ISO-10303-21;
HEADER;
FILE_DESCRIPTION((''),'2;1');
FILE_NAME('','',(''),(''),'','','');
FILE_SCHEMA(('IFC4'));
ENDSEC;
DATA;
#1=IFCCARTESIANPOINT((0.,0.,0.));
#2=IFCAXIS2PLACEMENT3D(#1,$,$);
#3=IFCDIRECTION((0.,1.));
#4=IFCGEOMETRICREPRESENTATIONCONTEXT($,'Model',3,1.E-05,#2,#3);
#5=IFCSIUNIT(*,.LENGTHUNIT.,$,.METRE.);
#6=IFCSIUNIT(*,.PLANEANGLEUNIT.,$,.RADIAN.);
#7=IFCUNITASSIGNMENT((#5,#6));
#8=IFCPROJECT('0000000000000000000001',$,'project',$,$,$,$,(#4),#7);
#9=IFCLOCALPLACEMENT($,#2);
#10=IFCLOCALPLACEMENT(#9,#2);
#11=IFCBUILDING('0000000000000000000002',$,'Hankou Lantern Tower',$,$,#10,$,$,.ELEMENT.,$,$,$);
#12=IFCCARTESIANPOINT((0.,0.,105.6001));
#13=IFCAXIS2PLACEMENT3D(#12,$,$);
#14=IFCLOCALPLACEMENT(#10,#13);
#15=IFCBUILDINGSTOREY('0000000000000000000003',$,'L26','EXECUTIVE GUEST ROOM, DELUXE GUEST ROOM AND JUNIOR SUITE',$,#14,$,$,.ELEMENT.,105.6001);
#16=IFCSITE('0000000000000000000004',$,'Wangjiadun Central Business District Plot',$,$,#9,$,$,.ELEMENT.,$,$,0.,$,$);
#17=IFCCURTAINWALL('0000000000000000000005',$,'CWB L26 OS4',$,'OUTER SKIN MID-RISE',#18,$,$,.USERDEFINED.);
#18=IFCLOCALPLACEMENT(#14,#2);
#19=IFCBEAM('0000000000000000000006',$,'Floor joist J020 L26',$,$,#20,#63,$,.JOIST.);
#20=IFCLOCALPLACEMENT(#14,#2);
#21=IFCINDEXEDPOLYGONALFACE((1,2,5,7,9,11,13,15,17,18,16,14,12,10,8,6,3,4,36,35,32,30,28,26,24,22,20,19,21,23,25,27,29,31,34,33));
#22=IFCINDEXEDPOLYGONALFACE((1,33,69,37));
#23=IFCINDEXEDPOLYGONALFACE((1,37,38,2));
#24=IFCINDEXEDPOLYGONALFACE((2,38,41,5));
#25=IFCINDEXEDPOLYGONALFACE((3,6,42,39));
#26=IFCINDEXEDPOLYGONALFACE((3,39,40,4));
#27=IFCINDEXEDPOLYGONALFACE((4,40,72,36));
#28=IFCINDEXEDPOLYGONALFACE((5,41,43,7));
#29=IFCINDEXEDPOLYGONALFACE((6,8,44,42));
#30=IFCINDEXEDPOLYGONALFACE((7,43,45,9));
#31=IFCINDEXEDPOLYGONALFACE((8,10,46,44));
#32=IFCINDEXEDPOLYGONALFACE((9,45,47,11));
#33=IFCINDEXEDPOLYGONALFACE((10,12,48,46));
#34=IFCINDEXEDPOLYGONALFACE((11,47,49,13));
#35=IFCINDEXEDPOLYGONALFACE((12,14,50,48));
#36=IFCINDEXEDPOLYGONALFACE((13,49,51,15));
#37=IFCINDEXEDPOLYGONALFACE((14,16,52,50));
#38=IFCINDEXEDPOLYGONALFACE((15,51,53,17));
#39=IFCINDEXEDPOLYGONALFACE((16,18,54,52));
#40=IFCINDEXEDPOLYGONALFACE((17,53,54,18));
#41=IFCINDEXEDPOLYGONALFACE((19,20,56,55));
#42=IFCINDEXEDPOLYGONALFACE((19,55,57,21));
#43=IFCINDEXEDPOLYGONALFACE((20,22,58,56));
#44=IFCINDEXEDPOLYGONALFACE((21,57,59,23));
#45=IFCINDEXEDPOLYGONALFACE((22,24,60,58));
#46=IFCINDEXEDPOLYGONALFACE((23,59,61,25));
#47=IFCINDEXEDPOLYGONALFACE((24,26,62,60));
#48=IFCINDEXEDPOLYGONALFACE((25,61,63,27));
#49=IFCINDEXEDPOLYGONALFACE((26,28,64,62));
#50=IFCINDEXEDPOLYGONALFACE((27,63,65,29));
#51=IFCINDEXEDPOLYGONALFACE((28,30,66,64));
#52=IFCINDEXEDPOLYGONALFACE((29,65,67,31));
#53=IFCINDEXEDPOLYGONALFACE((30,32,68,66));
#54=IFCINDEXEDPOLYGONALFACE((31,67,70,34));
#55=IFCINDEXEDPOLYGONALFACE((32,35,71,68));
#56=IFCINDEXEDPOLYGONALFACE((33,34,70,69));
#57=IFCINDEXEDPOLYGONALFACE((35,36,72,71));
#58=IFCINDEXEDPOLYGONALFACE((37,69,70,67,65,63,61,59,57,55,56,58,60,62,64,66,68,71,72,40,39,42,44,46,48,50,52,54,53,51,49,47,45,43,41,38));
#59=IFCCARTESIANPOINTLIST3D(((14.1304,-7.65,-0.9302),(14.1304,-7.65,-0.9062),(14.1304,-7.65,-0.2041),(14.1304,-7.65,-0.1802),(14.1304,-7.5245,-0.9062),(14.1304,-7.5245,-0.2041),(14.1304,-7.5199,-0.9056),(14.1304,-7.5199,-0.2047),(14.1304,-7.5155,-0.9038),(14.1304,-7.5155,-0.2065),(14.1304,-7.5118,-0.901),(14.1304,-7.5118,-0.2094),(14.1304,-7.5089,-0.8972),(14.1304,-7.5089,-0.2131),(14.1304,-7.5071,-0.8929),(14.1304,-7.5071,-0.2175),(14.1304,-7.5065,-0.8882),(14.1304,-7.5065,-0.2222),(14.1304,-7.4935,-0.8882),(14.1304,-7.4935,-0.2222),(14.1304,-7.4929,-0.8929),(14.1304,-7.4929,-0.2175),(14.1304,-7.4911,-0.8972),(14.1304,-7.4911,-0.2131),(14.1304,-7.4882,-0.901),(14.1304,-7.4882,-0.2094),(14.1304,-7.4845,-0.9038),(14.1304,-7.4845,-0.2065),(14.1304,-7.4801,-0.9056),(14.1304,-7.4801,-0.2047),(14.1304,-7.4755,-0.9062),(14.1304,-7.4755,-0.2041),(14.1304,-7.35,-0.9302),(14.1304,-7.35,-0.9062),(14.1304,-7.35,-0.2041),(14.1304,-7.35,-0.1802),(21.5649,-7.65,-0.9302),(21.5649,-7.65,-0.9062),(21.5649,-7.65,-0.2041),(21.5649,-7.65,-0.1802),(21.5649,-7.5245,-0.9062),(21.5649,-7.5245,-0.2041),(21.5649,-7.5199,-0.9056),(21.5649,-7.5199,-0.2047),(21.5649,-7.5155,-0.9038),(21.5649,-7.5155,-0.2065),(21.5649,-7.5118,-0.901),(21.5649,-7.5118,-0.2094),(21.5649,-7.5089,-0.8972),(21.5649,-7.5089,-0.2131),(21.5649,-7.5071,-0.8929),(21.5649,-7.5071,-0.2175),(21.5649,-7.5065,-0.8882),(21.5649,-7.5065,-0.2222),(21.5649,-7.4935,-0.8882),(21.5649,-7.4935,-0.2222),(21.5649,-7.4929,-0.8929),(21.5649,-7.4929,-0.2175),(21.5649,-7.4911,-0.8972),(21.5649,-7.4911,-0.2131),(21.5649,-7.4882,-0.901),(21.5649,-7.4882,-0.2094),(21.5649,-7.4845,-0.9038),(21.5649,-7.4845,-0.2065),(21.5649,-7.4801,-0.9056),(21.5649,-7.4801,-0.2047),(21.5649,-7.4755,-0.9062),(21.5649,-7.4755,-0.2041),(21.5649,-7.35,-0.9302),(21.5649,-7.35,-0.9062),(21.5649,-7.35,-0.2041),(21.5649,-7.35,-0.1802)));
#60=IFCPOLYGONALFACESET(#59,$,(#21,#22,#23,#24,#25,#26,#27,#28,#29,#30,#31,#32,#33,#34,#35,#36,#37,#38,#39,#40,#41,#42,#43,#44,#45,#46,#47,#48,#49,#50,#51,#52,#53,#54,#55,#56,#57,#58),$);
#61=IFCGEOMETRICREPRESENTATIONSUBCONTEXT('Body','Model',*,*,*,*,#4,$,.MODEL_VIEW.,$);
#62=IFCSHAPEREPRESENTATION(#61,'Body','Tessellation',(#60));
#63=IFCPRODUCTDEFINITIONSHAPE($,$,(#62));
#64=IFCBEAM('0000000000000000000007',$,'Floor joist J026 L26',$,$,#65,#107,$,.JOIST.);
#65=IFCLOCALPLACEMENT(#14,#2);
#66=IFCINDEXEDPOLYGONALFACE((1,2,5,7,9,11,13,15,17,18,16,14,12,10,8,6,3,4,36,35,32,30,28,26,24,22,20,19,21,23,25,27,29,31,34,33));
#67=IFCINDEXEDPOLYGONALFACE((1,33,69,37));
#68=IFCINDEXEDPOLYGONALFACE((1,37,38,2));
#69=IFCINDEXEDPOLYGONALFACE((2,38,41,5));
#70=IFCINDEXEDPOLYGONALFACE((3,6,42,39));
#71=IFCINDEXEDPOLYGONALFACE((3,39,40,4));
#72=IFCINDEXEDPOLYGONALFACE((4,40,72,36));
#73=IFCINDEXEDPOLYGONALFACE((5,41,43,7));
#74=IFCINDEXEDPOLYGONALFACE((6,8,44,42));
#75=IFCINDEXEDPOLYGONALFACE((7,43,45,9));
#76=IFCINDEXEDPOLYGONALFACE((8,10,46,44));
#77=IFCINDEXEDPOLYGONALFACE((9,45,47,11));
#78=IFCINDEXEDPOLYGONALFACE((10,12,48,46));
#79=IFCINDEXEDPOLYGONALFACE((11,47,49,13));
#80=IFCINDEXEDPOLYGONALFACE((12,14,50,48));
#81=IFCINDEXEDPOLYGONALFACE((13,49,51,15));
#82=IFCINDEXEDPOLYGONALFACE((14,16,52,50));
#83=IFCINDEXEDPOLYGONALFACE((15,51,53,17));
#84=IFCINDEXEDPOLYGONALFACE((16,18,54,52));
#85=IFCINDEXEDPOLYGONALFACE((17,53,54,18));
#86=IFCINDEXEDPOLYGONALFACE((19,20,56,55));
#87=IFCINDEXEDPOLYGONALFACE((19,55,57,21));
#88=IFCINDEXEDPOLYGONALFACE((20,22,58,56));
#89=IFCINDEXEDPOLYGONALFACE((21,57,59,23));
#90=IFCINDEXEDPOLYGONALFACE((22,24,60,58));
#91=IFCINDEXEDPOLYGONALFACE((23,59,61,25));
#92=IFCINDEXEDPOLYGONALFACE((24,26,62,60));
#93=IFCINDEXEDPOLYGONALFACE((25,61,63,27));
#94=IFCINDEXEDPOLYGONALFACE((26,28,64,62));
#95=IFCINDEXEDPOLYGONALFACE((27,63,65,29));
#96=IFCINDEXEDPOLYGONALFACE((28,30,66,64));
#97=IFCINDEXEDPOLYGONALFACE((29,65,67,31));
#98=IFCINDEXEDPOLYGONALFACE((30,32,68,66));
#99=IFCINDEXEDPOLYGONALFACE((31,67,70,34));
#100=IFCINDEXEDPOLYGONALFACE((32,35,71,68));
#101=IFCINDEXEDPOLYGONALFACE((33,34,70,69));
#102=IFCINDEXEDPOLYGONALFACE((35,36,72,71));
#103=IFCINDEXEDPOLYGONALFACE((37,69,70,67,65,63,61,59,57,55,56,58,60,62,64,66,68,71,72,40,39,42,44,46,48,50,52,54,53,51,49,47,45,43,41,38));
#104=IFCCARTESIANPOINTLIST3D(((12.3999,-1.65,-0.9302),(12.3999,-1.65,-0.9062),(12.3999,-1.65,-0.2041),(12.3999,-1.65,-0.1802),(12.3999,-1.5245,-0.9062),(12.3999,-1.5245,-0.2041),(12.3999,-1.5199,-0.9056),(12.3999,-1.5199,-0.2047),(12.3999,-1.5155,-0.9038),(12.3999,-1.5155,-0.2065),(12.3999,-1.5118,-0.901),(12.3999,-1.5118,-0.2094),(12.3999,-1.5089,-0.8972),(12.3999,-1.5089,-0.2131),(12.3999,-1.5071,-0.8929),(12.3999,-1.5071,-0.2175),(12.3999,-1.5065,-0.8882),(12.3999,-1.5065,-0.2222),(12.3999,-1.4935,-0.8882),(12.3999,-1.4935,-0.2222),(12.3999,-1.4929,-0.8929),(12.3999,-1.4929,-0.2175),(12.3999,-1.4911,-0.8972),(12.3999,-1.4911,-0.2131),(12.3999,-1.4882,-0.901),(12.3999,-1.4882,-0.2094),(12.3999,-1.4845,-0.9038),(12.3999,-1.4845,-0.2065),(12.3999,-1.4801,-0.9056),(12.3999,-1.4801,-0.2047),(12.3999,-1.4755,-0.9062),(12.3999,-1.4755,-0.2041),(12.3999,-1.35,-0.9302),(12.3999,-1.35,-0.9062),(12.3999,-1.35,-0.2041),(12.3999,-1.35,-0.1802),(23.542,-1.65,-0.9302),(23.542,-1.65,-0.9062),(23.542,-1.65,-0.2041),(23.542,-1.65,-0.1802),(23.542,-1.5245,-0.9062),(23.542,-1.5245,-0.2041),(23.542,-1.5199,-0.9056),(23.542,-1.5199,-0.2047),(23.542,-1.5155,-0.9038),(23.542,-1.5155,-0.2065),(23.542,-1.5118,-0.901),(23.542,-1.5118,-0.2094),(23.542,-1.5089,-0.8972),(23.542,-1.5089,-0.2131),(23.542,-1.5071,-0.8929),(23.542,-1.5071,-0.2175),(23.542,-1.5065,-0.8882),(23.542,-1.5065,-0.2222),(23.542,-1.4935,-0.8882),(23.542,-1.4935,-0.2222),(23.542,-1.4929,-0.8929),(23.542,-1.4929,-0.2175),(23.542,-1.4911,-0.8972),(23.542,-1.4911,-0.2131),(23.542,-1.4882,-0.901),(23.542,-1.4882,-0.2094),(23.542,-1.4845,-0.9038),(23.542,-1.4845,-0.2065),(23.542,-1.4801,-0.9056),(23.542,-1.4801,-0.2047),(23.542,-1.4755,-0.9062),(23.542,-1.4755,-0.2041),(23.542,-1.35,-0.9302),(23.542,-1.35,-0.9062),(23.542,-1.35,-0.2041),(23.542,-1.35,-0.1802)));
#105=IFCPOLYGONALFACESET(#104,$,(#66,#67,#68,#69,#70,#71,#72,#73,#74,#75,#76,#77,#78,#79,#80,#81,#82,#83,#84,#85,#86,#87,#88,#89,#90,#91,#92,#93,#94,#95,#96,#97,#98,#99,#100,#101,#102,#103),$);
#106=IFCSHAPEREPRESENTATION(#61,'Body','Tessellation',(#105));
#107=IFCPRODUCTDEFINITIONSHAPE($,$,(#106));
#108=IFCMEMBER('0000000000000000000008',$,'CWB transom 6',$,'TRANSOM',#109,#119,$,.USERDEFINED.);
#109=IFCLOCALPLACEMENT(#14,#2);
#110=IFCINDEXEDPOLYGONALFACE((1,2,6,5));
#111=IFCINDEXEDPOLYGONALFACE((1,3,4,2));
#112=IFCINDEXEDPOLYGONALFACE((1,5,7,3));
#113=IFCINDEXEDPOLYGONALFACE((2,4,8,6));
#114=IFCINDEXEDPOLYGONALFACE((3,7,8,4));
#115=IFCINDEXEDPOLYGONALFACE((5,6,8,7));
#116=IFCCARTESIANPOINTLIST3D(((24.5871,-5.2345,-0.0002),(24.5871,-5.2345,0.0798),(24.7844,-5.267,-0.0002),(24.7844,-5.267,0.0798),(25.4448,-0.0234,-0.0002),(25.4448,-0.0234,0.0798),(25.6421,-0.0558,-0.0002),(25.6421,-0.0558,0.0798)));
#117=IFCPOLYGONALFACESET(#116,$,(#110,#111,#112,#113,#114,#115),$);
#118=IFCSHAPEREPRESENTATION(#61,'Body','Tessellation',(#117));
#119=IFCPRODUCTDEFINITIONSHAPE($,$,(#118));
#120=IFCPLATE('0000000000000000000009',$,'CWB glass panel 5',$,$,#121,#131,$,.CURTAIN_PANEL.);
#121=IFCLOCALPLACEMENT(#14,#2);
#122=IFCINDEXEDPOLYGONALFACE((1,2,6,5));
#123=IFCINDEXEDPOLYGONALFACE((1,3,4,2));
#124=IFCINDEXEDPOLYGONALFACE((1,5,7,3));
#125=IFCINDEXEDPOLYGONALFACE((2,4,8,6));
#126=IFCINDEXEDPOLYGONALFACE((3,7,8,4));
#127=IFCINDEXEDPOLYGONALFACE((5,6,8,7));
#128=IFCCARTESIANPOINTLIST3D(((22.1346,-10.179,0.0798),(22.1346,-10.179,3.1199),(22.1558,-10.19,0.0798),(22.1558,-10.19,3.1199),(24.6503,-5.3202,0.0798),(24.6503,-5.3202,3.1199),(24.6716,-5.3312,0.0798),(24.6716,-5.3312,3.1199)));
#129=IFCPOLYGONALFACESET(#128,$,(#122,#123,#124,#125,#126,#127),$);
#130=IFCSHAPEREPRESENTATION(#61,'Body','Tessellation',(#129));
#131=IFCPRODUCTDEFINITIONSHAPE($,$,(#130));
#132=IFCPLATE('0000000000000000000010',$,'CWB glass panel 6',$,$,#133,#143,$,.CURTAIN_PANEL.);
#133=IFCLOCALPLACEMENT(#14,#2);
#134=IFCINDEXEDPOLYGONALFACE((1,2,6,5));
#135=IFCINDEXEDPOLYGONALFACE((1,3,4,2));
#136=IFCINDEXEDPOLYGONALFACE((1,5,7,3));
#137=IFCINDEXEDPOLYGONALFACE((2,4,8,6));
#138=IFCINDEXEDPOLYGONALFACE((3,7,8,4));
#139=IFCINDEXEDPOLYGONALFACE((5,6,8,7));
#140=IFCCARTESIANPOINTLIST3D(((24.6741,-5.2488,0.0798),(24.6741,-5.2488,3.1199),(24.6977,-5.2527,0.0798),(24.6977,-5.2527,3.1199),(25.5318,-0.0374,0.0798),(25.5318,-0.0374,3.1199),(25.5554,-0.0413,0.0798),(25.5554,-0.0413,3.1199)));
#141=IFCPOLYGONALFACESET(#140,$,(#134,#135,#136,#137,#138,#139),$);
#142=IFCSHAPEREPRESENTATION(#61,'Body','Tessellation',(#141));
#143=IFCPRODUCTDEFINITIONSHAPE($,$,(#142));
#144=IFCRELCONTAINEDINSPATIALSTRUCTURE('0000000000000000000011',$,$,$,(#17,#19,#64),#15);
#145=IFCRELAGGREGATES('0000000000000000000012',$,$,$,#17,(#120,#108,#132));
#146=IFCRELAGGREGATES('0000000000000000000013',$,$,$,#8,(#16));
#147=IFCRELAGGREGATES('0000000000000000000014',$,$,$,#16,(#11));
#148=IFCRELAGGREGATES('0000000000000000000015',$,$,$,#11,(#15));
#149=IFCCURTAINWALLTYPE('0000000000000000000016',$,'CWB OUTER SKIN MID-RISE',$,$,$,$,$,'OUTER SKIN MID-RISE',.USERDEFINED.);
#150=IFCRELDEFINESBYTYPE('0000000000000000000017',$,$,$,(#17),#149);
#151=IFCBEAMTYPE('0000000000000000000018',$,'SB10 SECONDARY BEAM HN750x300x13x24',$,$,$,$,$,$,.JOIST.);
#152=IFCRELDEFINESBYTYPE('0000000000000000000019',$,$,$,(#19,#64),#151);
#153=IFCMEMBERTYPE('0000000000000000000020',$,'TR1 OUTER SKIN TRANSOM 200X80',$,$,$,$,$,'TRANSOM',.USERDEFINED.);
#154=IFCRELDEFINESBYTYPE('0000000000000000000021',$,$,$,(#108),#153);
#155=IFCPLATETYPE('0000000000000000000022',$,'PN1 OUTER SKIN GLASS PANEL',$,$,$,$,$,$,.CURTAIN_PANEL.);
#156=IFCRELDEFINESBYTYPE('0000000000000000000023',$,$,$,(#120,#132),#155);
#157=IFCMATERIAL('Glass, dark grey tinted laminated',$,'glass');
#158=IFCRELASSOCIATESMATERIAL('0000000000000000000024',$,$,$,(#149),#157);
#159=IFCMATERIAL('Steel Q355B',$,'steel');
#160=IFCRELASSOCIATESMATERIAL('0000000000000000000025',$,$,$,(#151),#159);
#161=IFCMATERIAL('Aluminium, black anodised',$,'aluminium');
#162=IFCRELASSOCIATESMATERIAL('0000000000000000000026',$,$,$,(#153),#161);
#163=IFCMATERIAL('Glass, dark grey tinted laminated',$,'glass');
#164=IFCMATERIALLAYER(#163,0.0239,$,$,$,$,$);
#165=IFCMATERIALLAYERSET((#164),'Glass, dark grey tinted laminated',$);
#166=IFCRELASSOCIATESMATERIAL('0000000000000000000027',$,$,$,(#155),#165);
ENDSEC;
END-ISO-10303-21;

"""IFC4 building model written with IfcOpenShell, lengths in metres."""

from ifc_helpers import new_model, si_unit, direction, frame, origin, origin_2d, place, context, subcontext, project, spatial, rectangle, i_section, extrude, material, layer, layer_set, material_profile, profile_set, type_object, element, aggregate, save


model = new_model("IFC4")

# Units and contexts
model_context = context("Model", 3, precision=1e-05, world=origin(), true_north=direction((0.0, 1.0)))
body_context = subcontext(model_context, "Body", "Model", "MODEL_VIEW")
ifc_project = project(units=[si_unit("LENGTHUNIT", "METRE"), si_unit("PLANEANGLEUNIT", "RADIAN")], contexts=[model_context])

# Site, building, storey
site_placement = place(None, origin())
site = spatial("IfcSite", under=ifc_project, at=site_placement, Name="Wangjiadun Central Business District Plot", CompositionType="ELEMENT", RefElevation=0.0)
building_placement = place(site_placement, origin())
building = spatial("IfcBuilding", under=site, at=building_placement, Name="Hankou Lantern Tower", CompositionType="ELEMENT")
storey_placement = place(building_placement, frame((0.0, 0.0, 105.6001)))
storey = spatial("IfcBuildingStorey", under=building, at=storey_placement, Name="L26", Description="EXECUTIVE GUEST ROOM, DELUXE GUEST ROOM AND JUNIOR SUITE", CompositionType="ELEMENT", Elevation=105.6001)

# Curtain wall
ifc_material_1 = material(Name="Glass, dark grey tinted laminated", Category="glass")
curtain_wall_type = type_object("IfcCurtainWallType", Name="CWB OUTER SKIN MID-RISE", ElementType="OUTER SKIN MID-RISE", PredefinedType="USERDEFINED", material=ifc_material_1)
curtain_wall_placement = place(storey_placement, origin())
curtain_wall = element("IfcCurtainWall", 1, at=curtain_wall_placement, inside=storey, type_object=curtain_wall_type, Name="CWB L26 OS4", ObjectType="OUTER SKIN MID-RISE", PredefinedType="USERDEFINED")

# Beams
ifc_material_2 = material(Name="Steel Q355B", Category="steel")
ifc_material_profile_1 = material_profile(ifc_material_2, i_section(OverallWidth=0.3, OverallDepth=0.75, WebThickness=0.0129, FlangeThickness=0.0239, FilletRadius=0.0181, at=origin_2d()), Name="HN750x300x13x24")
ifc_profile_set_1 = profile_set([ifc_material_profile_1], Name="Steel Q355B")
beam_type_1 = type_object("IfcBeamType", Name="SB10 SECONDARY BEAM HN750x300x13x24", PredefinedType="JOIST", material=ifc_profile_set_1)
beam_1_placement = place(storey_placement, frame((14.1304, -7.5, -0.5552), z_axis=(1.0, 0.0, 0.0), x_axis=(0.0, 1.0, 0.0)))
element("IfcBeam", 2, at=beam_1_placement, inside=storey, type_object=beam_type_1, Name="Floor joist J020 L26", PredefinedType="JOIST", context=body_context, shape_type="SweptSolid", body=[
    extrude(i_section(OverallWidth=0.3, OverallDepth=0.75, WebThickness=0.0129, FlangeThickness=0.0239, FilletRadius=0.0181, at=origin_2d()), origin(), (0.0, 0.0, 1.0), 7.4346),
])
beam_2_placement = place(storey_placement, frame((12.3999, -1.5, -0.5552), z_axis=(1.0, 0.0, 0.0), x_axis=(0.0, 1.0, 0.0)))
element("IfcBeam", 3, at=beam_2_placement, inside=storey, type_object=beam_type_1, Name="Floor joist J026 L26", PredefinedType="JOIST", context=body_context, shape_type="SweptSolid", body=[
    extrude(i_section(OverallWidth=0.3, OverallDepth=0.75, WebThickness=0.0129, FlangeThickness=0.0239, FilletRadius=0.0181, at=origin_2d()), origin(), (0.0, 0.0, 1.0), 11.1421),
])

# Member
ifc_material_3 = material(Name="Aluminium, black anodised", Category="aluminium")
ifc_material_profile_2 = material_profile(ifc_material_3, rectangle(XDim=0.2, YDim=0.0801, at=origin_2d()), Name="TR1 200X80")
ifc_profile_set_2 = profile_set([ifc_material_profile_2], Name="Aluminium, black anodised")
member_type_1 = type_object("IfcMemberType", Name="TR1 OUTER SKIN TRANSOM 200X80", ElementType="TRANSOM", PredefinedType="USERDEFINED", material=ifc_profile_set_2)
member_1_placement = place(storey_placement, frame((24.6858, -5.2507, 0.0398), z_axis=(0.162397, 0.986725, 0.0), x_axis=(-0.986725, 0.162397, 0.0)))
member_1 = element("IfcMember", 4, at=member_1_placement, type_object=member_type_1, Name="CWB transom 6", ObjectType="TRANSOM", PredefinedType="USERDEFINED", context=body_context, shape_type="SweptSolid", body=[
    extrude(rectangle(XDim=0.2, YDim=0.0801, at=origin_2d()), origin(), (0.0, 0.0, 1.0), 5.2812),
])

# Plates
ifc_material_4 = material(Name="Glass, dark grey tinted laminated", Category="glass")
ifc_layer_1 = layer(ifc_material_4, 0.0239)
ifc_layer_set_1 = layer_set([ifc_layer_1], Name="Glass, dark grey tinted laminated")
plate_type = type_object("IfcPlateType", Name="PN1 OUTER SKIN GLASS PANEL", PredefinedType="CURTAIN_PANEL", material=ifc_layer_set_1)
plate_1_placement = place(storey_placement, frame((23.4031, -7.7551, 0.0798), z_axis=(0.0, 0.0, 1.0), x_axis=(0.459791, 0.888027, 0.0)))
plate_1 = element("IfcPlate", 5, at=plate_1_placement, type_object=plate_type, Name="CWB glass panel 5", PredefinedType="CURTAIN_PANEL", context=body_context, shape_type="SweptSolid", body=[
    extrude(rectangle(XDim=5.4714, YDim=0.0239, at=origin_2d()), origin(), (0.0, 0.0, 1.0), 3.04),
])
plate_2_placement = place(storey_placement, frame((25.1147, -2.645, 0.0798), z_axis=(0.0, 0.0, 1.0), x_axis=(0.162382, 0.986728, 0.0)))
plate_2 = element("IfcPlate", 6, at=plate_2_placement, type_object=plate_type, Name="CWB glass panel 6", PredefinedType="CURTAIN_PANEL", context=body_context, shape_type="SweptSolid", body=[
    extrude(rectangle(XDim=5.2815, YDim=0.0239, at=origin_2d()), origin(), (0.0, 0.0, 1.0), 3.04),
])
aggregate(curtain_wall, [plate_1, member_1, plate_2])

save(model, "model.ifc")
